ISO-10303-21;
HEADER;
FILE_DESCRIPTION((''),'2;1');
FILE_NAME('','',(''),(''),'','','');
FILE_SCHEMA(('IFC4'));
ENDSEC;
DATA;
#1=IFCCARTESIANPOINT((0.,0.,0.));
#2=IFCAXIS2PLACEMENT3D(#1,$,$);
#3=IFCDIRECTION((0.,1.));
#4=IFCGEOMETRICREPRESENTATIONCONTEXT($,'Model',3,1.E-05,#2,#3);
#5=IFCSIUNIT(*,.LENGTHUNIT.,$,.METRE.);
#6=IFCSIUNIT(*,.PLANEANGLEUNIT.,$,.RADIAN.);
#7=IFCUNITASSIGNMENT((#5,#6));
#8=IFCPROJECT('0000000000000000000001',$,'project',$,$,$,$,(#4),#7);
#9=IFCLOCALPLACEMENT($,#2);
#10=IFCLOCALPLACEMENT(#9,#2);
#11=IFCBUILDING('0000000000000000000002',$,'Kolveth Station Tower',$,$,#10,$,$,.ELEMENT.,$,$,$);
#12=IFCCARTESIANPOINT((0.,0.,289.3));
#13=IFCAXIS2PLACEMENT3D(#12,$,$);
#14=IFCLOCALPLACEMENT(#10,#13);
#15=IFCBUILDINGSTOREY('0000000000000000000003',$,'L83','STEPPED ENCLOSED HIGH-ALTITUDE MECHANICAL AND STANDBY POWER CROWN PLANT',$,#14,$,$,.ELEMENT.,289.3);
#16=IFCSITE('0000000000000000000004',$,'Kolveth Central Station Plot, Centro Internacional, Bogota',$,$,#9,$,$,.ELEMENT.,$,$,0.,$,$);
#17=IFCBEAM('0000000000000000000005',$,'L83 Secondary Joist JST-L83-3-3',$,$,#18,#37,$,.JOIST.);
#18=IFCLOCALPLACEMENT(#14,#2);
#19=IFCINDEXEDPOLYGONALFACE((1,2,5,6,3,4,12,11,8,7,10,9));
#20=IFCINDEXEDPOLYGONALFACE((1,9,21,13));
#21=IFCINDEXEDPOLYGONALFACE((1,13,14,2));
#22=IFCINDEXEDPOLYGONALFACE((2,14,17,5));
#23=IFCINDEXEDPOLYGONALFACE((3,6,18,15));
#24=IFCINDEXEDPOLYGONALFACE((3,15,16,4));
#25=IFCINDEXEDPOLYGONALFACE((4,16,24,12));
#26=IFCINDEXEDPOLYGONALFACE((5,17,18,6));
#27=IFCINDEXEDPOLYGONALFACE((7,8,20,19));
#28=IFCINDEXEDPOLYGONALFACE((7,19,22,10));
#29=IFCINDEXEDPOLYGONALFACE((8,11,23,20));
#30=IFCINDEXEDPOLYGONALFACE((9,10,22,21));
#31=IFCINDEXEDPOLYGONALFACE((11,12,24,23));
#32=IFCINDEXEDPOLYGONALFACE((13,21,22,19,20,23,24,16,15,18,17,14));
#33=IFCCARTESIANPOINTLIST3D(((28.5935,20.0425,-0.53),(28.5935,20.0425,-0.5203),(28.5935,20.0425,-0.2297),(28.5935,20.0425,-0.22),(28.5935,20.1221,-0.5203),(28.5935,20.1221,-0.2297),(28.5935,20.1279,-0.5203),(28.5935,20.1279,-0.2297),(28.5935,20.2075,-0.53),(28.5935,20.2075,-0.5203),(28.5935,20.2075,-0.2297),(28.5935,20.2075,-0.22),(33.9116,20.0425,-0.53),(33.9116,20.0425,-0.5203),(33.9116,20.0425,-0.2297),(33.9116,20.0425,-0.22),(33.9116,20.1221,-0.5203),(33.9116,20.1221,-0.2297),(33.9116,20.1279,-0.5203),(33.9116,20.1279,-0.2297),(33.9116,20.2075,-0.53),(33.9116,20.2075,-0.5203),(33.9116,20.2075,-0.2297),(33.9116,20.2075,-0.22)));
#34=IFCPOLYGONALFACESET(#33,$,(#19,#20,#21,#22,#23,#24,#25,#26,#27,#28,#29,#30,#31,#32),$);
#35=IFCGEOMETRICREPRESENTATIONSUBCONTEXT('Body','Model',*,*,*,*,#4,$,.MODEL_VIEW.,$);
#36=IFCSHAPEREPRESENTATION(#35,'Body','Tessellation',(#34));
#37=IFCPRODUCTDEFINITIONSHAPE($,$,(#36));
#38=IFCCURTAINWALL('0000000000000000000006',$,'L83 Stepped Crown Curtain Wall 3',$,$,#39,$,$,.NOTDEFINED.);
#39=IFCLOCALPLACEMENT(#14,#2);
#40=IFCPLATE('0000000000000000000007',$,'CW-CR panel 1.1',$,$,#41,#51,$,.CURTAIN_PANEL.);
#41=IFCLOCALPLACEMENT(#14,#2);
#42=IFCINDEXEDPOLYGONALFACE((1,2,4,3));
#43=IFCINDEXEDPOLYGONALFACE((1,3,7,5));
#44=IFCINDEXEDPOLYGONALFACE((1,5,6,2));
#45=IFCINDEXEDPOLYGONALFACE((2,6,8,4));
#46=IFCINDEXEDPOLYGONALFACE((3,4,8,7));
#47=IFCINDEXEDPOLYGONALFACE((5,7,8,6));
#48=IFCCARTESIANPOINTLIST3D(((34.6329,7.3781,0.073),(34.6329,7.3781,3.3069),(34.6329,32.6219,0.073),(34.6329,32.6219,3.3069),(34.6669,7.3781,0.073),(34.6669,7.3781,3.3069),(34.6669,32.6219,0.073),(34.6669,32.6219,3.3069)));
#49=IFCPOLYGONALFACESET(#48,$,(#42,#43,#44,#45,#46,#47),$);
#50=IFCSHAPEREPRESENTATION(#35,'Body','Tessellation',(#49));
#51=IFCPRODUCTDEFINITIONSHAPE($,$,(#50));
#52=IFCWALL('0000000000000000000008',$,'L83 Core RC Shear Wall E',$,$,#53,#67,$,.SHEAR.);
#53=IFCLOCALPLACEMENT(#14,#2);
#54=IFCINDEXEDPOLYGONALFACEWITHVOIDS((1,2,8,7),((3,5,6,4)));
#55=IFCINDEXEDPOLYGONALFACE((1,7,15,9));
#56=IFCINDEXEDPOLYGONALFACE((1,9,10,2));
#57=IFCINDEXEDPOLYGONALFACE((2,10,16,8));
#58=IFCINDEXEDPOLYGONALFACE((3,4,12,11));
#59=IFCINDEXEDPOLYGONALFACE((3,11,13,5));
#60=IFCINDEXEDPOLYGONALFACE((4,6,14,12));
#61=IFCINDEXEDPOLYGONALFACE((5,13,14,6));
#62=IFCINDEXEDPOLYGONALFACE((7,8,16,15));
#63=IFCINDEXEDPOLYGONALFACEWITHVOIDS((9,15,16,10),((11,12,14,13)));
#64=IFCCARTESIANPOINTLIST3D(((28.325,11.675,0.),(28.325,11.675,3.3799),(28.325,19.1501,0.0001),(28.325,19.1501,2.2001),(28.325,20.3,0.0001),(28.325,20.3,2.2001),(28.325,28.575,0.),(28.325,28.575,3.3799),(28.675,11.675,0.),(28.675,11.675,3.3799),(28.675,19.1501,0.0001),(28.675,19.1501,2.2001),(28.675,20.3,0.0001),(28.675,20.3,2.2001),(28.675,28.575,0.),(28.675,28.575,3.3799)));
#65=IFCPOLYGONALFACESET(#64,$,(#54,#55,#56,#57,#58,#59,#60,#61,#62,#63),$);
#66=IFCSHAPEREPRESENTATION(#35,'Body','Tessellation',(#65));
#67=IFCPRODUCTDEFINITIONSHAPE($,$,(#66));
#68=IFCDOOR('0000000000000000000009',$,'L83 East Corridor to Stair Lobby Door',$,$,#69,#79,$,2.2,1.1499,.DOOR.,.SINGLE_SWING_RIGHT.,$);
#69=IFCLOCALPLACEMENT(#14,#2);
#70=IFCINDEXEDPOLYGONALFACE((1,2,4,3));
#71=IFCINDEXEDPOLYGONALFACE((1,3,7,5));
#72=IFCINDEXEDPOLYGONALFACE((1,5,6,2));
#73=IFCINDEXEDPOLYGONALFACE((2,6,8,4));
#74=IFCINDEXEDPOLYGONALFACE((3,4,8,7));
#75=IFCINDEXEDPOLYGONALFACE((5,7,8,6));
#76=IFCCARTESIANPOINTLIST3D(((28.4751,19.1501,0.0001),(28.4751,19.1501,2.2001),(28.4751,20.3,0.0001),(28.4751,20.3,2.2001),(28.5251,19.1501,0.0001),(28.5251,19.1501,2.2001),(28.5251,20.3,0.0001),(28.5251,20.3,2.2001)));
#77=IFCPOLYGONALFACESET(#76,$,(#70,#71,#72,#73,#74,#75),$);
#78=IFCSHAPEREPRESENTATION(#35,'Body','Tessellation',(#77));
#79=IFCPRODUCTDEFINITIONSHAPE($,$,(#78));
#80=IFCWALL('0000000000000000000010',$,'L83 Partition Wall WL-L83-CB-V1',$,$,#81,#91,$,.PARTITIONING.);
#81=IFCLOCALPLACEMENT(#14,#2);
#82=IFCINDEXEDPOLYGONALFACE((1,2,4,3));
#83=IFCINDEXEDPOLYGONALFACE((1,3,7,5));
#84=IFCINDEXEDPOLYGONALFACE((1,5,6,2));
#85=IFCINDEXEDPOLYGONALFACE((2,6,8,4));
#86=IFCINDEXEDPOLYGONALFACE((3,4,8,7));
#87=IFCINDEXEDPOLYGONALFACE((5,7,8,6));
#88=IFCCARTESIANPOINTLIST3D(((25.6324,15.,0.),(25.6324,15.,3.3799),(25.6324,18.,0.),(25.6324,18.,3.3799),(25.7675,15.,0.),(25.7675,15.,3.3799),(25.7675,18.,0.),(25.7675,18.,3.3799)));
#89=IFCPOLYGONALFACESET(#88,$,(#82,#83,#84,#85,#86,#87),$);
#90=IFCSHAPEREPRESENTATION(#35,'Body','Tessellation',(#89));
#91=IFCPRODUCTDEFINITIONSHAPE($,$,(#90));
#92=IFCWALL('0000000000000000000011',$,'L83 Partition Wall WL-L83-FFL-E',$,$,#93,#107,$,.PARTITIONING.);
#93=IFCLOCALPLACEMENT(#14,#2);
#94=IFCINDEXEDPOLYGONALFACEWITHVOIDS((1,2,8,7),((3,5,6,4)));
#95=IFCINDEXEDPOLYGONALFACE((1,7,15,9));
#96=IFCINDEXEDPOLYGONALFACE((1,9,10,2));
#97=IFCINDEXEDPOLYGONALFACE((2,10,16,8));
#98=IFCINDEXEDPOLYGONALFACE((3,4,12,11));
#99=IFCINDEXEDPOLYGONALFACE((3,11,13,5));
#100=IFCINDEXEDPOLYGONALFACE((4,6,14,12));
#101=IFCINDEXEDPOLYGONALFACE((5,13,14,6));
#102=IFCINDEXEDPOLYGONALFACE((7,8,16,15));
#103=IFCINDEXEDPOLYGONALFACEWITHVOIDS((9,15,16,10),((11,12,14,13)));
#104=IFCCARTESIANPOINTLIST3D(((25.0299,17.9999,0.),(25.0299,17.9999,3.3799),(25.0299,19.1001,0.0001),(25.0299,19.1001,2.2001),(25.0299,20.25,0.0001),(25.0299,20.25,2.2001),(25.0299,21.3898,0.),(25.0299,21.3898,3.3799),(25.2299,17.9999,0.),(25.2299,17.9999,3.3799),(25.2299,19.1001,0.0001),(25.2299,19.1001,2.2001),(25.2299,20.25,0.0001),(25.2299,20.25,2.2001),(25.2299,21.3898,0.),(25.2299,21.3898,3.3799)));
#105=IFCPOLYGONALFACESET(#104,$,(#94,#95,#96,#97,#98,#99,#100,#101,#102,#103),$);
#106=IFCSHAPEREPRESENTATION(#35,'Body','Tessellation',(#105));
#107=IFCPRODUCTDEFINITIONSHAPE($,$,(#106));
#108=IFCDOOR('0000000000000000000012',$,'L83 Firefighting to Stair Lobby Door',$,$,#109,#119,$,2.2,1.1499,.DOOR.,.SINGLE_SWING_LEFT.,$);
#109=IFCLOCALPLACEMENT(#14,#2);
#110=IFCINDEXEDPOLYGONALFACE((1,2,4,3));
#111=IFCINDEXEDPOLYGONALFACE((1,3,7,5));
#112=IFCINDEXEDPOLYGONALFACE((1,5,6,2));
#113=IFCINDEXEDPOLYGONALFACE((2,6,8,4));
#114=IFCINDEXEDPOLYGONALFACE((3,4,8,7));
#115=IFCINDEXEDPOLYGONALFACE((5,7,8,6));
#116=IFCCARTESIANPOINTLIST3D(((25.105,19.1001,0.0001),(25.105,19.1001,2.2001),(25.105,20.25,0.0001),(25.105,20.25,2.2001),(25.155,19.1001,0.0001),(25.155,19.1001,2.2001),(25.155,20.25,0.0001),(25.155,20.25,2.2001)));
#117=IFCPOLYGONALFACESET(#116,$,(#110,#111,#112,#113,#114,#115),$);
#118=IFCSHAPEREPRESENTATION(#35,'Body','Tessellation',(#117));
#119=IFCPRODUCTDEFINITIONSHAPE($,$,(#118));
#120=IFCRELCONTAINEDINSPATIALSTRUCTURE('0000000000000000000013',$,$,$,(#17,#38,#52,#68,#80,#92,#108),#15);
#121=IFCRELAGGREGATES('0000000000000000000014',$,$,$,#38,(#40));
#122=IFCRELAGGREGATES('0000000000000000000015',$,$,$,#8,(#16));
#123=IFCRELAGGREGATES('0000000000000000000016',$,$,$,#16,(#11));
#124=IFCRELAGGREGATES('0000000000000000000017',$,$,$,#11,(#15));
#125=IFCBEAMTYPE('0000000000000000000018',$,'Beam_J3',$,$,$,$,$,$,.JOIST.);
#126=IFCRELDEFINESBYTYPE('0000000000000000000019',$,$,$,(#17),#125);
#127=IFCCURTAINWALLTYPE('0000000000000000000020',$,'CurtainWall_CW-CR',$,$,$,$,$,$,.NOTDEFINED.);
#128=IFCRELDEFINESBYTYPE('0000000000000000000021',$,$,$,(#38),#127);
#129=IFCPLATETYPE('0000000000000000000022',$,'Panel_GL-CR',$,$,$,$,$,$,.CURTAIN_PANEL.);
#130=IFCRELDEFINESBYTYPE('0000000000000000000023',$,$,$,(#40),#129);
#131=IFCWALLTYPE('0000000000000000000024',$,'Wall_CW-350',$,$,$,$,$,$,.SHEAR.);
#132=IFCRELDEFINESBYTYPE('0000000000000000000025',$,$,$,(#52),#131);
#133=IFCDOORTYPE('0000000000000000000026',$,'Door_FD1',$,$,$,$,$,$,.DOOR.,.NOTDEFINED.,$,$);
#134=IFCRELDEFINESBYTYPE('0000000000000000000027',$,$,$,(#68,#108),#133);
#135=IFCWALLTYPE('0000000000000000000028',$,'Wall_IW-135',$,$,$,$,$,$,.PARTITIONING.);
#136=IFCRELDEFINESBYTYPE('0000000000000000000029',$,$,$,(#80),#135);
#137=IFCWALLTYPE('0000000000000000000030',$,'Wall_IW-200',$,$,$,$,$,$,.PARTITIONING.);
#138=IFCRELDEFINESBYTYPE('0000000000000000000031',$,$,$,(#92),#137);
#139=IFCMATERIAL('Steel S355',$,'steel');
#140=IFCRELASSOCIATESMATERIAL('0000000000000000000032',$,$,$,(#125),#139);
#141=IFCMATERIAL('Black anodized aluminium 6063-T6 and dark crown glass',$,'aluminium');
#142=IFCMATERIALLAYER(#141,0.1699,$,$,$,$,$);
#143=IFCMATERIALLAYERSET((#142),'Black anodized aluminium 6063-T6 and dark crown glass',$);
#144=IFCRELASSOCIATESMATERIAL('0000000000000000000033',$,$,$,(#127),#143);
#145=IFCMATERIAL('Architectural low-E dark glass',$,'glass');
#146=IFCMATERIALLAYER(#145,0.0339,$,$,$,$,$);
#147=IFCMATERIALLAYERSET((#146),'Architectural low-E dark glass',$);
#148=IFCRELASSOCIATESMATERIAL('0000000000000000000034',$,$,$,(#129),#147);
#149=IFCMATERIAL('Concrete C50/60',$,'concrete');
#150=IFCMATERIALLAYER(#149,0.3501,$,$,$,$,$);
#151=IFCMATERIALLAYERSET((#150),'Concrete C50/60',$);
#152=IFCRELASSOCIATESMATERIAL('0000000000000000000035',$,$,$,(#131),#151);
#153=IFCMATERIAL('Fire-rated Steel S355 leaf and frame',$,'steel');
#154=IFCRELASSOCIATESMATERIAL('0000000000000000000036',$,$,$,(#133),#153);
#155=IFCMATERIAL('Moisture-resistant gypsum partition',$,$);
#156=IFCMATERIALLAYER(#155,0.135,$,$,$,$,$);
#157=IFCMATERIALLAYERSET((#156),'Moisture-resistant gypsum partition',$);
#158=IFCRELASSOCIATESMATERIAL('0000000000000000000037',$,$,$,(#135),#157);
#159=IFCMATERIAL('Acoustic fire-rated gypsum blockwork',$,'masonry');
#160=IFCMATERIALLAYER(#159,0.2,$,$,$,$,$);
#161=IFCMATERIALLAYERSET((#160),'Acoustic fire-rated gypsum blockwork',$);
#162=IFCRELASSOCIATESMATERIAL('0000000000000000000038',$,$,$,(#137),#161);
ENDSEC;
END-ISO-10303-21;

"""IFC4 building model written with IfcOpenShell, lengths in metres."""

from ifc_helpers import new_model, si_unit, direction, frame, frame_2d, origin, origin_2d, place, context, subcontext, project, spatial, rectangle, i_section, extrude, source, transform, mapped, material, layer, layer_set, material_profile, profile_set, type_object, element, fill, aggregate, save


model = new_model("IFC4")

# Units and contexts
model_context = context("Model", 3, precision=1e-05, world=origin(), true_north=direction((0.0, 1.0)))
body_context = subcontext(model_context, "Body", "Model", "MODEL_VIEW")
ifc_project = project(units=[si_unit("LENGTHUNIT", "METRE"), si_unit("PLANEANGLEUNIT", "RADIAN")], contexts=[model_context])

# Site, building, storey
site_placement = place(None, origin())
site = spatial("IfcSite", under=ifc_project, at=site_placement, Name="Kolveth Central Station Plot, Centro Internacional, Bogota", CompositionType="ELEMENT", RefElevation=0.0)
building_placement = place(site_placement, origin())
building = spatial("IfcBuilding", under=site, at=building_placement, Name="Kolveth Station Tower", CompositionType="ELEMENT")
storey_placement = place(building_placement, frame((0.0, 0.0, 289.3)))
storey = spatial("IfcBuildingStorey", under=building, at=storey_placement, Name="L83", Description="STEPPED ENCLOSED HIGH-ALTITUDE MECHANICAL AND STANDBY POWER CROWN PLANT", CompositionType="ELEMENT", Elevation=289.3)

# Shared definitions
ifc_material_1 = material(Name="Steel S355", Category="steel")

# Beam
ifc_material_profile_1 = material_profile(ifc_material_1, i_section(OverallWidth=0.165, OverallDepth=0.3101, WebThickness=0.0059, FlangeThickness=0.0098, at=origin_2d()), Name="W310x39")
ifc_profile_set_1 = profile_set([ifc_material_profile_1], Name="Steel S355")
beam_type_1 = type_object("IfcBeamType", Name="Beam_J3", PredefinedType="JOIST", material=ifc_profile_set_1)
shared_shape_1 = source(origin(), body_context, "Body", "SweptSolid", [
    extrude(i_section(OverallWidth=0.165, OverallDepth=0.3101, WebThickness=0.0059, FlangeThickness=0.0098, at=origin_2d()), origin(), (0.0, 0.0, 1.0), 5.3181),
])
for number, where, z_axis, x_axis, name in (
    (1, (28.5935, 20.125, -0.375), (1.0, 0.0, 0.0), (0.0, 1.0, 0.0), "L83 Secondary Joist JST-L83-3-3"),
):
    element("IfcBeam", number, at=place(storey_placement, frame(where, z_axis=z_axis, x_axis=x_axis)), inside=storey, type_object=beam_type_1, Name=name, PredefinedType="JOIST", context=body_context, shape_type="MappedRepresentation", body=[
        mapped(shared_shape_1, transform((0.0, 0.0, 0.0), x_axis=(1.0, 0.0, 0.0), y_axis=(0.0, 1.0, 0.0), z_axis=(0.0, 0.0, 1.0), scale=1.0)),
    ])

# Curtain wall, plate
ifc_material_2 = material(Name="Black anodized aluminium 6063-T6 and dark crown glass", Category="aluminium")
ifc_layer_1 = layer(ifc_material_2, 0.1699)
ifc_layer_set_1 = layer_set([ifc_layer_1], Name="Black anodized aluminium 6063-T6 and dark crown glass")
curtain_wall_type = type_object("IfcCurtainWallType", Name="CurtainWall_CW-CR", PredefinedType="NOTDEFINED", material=ifc_layer_set_1)
curtain_wall_placement = place(storey_placement, origin())
curtain_wall = element("IfcCurtainWall", 2, at=curtain_wall_placement, inside=storey, type_object=curtain_wall_type, Name="L83 Stepped Crown Curtain Wall 3", PredefinedType="NOTDEFINED")
ifc_material_3 = material(Name="Architectural low-E dark glass", Category="glass")
ifc_layer_2 = layer(ifc_material_3, 0.0339)
ifc_layer_set_2 = layer_set([ifc_layer_2], Name="Architectural low-E dark glass")
plate_type = type_object("IfcPlateType", Name="Panel_GL-CR", PredefinedType="CURTAIN_PANEL", material=ifc_layer_set_2)
shared_shape_2 = source(origin(), body_context, "Body", "SweptSolid", [
    extrude(rectangle(XDim=25.2439, YDim=0.0339, at=origin_2d()), origin(), (0.0, 0.0, 1.0), 3.2339),
])
plate_placement = place(storey_placement, frame((34.6499, 20.0, 0.073), z_axis=(0.0, 0.0, 1.0), x_axis=(0.0, 1.0, 0.0)))
plate = element("IfcPlate", 3, at=plate_placement, type_object=plate_type, Name="CW-CR panel 1.1", PredefinedType="CURTAIN_PANEL", context=body_context, shape_type="MappedRepresentation", body=[
    mapped(shared_shape_2, transform((0.0, 0.0, 0.0), x_axis=(1.0, 0.0, 0.0), y_axis=(0.0, 1.0, 0.0), z_axis=(0.0, 0.0, 1.0), scale=1.0)),
])
aggregate(curtain_wall, [plate])

# Wall, opening, door
ifc_material_4 = material(Name="Concrete C50/60", Category="concrete")
ifc_layer_3 = layer(ifc_material_4, 0.3501)
ifc_layer_set_3 = layer_set([ifc_layer_3], Name="Concrete C50/60")
wall_type_1 = type_object("IfcWallType", Name="Wall_CW-350", PredefinedType="SHEAR", material=ifc_layer_set_3)
wall_1_placement = place(storey_placement, frame((28.5, 11.675, 0.0), z_axis=(0.0, 0.0, 1.0), x_axis=(0.0, 1.0, 0.0)))
wall_1 = element("IfcWall", 4, at=wall_1_placement, inside=storey, type_object=wall_type_1, Name="L83 Core RC Shear Wall E", PredefinedType="SHEAR", context=body_context, shape_type="SweptSolid", body=[
    extrude(rectangle(XDim=16.8999, YDim=0.3501, at=frame_2d((8.45, 0.0))), origin(), (0.0, 0.0, 1.0), 3.3799),
])
opening_1_placement = place(wall_1_placement, frame((7.4751, 0.0, 0.0)))
opening_1 = element("IfcOpeningElement", 5, at=opening_1_placement, cuts=wall_1, PredefinedType="OPENING", context=body_context, shape_type="SweptSolid", body=[
    extrude(rectangle(XDim=1.1499, YDim=2.2, at=frame_2d((0.575, 1.1001))), frame((0.0, 0.1851, 0.0), z_axis=(0.0, -1.0, 0.0), x_axis=(1.0, 0.0, 0.0)), (0.0, 0.0, 1.0), 0.3701),
])
ifc_material_5 = material(Name="Fire-rated Steel S355 leaf and frame", Category="steel")
door_type_1 = type_object("IfcDoorType", Name="Door_FD1", OperationType="NOTDEFINED", PredefinedType="DOOR", material=ifc_material_5)
door_1_placement = place(opening_1_placement, origin())
door_1 = element("IfcDoor", 6, at=door_1_placement, inside=storey, type_object=door_type_1, Name="L83 East Corridor to Stair Lobby Door", OperationType="SINGLE_SWING_RIGHT", OverallHeight=2.2, OverallWidth=1.1499, PredefinedType="DOOR", context=body_context, shape_type="SweptSolid", body=[
    extrude(rectangle(XDim=1.1499, YDim=2.2, at=frame_2d((0.575, 1.1001))), frame((0.0, 0.0249, 0.0), z_axis=(0.0, -1.0, 0.0), x_axis=(1.0, 0.0, 0.0)), (0.0, 0.0, 1.0), 0.05),
])
fill(opening_1, door_1)

# Wall
ifc_material_6 = material(Name="Moisture-resistant gypsum partition")
ifc_layer_4 = layer(ifc_material_6, 0.135)
ifc_layer_set_4 = layer_set([ifc_layer_4], Name="Moisture-resistant gypsum partition")
wall_type_2 = type_object("IfcWallType", Name="Wall_IW-135", PredefinedType="PARTITIONING", material=ifc_layer_set_4)
wall_2_placement = place(storey_placement, frame((25.7, 15.0, 0.0), z_axis=(0.0, 0.0, 1.0), x_axis=(0.0, 1.0, 0.0)))
element("IfcWall", 7, at=wall_2_placement, inside=storey, type_object=wall_type_2, Name="L83 Partition Wall WL-L83-CB-V1", PredefinedType="PARTITIONING", context=body_context, shape_type="SweptSolid", body=[
    extrude(rectangle(XDim=3.0, YDim=0.135, at=frame_2d((1.5, 0.0))), origin(), (0.0, 0.0, 1.0), 3.3799),
])

# Wall, opening, door
ifc_material_7 = material(Name="Acoustic fire-rated gypsum blockwork", Category="masonry")
ifc_layer_5 = layer(ifc_material_7, 0.2)
ifc_layer_set_5 = layer_set([ifc_layer_5], Name="Acoustic fire-rated gypsum blockwork")
wall_type_3 = type_object("IfcWallType", Name="Wall_IW-200", PredefinedType="PARTITIONING", material=ifc_layer_set_5)
wall_3_placement = place(storey_placement, frame((25.1299, 18.0, 0.0), z_axis=(0.0, 0.0, 1.0), x_axis=(0.0, 1.0, 0.0)))
wall_3 = element("IfcWall", 8, at=wall_3_placement, inside=storey, type_object=wall_type_3, Name="L83 Partition Wall WL-L83-FFL-E", PredefinedType="PARTITIONING", context=body_context, shape_type="SweptSolid", body=[
    extrude(rectangle(XDim=3.3899, YDim=0.2, at=frame_2d((1.6948, 0.0))), origin(), (0.0, 0.0, 1.0), 3.3799),
])
opening_2_placement = place(wall_3_placement, frame((1.1001, 0.0, 0.0)))
opening_2 = element("IfcOpeningElement", 9, at=opening_2_placement, cuts=wall_3, PredefinedType="OPENING", context=body_context, shape_type="SweptSolid", body=[
    extrude(rectangle(XDim=1.1499, YDim=2.2, at=frame_2d((0.575, 1.1001))), frame((0.0, 0.1099, 0.0), z_axis=(0.0, -1.0, 0.0), x_axis=(1.0, 0.0, 0.0)), (0.0, 0.0, 1.0), 0.22),
])
door_2_placement = place(opening_2_placement, origin())
door_2 = element("IfcDoor", 10, at=door_2_placement, inside=storey, type_object=door_type_1, Name="L83 Firefighting to Stair Lobby Door", OperationType="SINGLE_SWING_LEFT", OverallHeight=2.2, OverallWidth=1.1499, PredefinedType="DOOR", context=body_context, shape_type="SweptSolid", body=[
    extrude(rectangle(XDim=1.1499, YDim=2.2, at=frame_2d((0.575, 1.1001))), frame((0.0, 0.0249, 0.0), z_axis=(0.0, -1.0, 0.0), x_axis=(1.0, 0.0, 0.0)), (0.0, 0.0, 1.0), 0.05),
])
fill(opening_2, door_2)

save(model, "model.ifc")
